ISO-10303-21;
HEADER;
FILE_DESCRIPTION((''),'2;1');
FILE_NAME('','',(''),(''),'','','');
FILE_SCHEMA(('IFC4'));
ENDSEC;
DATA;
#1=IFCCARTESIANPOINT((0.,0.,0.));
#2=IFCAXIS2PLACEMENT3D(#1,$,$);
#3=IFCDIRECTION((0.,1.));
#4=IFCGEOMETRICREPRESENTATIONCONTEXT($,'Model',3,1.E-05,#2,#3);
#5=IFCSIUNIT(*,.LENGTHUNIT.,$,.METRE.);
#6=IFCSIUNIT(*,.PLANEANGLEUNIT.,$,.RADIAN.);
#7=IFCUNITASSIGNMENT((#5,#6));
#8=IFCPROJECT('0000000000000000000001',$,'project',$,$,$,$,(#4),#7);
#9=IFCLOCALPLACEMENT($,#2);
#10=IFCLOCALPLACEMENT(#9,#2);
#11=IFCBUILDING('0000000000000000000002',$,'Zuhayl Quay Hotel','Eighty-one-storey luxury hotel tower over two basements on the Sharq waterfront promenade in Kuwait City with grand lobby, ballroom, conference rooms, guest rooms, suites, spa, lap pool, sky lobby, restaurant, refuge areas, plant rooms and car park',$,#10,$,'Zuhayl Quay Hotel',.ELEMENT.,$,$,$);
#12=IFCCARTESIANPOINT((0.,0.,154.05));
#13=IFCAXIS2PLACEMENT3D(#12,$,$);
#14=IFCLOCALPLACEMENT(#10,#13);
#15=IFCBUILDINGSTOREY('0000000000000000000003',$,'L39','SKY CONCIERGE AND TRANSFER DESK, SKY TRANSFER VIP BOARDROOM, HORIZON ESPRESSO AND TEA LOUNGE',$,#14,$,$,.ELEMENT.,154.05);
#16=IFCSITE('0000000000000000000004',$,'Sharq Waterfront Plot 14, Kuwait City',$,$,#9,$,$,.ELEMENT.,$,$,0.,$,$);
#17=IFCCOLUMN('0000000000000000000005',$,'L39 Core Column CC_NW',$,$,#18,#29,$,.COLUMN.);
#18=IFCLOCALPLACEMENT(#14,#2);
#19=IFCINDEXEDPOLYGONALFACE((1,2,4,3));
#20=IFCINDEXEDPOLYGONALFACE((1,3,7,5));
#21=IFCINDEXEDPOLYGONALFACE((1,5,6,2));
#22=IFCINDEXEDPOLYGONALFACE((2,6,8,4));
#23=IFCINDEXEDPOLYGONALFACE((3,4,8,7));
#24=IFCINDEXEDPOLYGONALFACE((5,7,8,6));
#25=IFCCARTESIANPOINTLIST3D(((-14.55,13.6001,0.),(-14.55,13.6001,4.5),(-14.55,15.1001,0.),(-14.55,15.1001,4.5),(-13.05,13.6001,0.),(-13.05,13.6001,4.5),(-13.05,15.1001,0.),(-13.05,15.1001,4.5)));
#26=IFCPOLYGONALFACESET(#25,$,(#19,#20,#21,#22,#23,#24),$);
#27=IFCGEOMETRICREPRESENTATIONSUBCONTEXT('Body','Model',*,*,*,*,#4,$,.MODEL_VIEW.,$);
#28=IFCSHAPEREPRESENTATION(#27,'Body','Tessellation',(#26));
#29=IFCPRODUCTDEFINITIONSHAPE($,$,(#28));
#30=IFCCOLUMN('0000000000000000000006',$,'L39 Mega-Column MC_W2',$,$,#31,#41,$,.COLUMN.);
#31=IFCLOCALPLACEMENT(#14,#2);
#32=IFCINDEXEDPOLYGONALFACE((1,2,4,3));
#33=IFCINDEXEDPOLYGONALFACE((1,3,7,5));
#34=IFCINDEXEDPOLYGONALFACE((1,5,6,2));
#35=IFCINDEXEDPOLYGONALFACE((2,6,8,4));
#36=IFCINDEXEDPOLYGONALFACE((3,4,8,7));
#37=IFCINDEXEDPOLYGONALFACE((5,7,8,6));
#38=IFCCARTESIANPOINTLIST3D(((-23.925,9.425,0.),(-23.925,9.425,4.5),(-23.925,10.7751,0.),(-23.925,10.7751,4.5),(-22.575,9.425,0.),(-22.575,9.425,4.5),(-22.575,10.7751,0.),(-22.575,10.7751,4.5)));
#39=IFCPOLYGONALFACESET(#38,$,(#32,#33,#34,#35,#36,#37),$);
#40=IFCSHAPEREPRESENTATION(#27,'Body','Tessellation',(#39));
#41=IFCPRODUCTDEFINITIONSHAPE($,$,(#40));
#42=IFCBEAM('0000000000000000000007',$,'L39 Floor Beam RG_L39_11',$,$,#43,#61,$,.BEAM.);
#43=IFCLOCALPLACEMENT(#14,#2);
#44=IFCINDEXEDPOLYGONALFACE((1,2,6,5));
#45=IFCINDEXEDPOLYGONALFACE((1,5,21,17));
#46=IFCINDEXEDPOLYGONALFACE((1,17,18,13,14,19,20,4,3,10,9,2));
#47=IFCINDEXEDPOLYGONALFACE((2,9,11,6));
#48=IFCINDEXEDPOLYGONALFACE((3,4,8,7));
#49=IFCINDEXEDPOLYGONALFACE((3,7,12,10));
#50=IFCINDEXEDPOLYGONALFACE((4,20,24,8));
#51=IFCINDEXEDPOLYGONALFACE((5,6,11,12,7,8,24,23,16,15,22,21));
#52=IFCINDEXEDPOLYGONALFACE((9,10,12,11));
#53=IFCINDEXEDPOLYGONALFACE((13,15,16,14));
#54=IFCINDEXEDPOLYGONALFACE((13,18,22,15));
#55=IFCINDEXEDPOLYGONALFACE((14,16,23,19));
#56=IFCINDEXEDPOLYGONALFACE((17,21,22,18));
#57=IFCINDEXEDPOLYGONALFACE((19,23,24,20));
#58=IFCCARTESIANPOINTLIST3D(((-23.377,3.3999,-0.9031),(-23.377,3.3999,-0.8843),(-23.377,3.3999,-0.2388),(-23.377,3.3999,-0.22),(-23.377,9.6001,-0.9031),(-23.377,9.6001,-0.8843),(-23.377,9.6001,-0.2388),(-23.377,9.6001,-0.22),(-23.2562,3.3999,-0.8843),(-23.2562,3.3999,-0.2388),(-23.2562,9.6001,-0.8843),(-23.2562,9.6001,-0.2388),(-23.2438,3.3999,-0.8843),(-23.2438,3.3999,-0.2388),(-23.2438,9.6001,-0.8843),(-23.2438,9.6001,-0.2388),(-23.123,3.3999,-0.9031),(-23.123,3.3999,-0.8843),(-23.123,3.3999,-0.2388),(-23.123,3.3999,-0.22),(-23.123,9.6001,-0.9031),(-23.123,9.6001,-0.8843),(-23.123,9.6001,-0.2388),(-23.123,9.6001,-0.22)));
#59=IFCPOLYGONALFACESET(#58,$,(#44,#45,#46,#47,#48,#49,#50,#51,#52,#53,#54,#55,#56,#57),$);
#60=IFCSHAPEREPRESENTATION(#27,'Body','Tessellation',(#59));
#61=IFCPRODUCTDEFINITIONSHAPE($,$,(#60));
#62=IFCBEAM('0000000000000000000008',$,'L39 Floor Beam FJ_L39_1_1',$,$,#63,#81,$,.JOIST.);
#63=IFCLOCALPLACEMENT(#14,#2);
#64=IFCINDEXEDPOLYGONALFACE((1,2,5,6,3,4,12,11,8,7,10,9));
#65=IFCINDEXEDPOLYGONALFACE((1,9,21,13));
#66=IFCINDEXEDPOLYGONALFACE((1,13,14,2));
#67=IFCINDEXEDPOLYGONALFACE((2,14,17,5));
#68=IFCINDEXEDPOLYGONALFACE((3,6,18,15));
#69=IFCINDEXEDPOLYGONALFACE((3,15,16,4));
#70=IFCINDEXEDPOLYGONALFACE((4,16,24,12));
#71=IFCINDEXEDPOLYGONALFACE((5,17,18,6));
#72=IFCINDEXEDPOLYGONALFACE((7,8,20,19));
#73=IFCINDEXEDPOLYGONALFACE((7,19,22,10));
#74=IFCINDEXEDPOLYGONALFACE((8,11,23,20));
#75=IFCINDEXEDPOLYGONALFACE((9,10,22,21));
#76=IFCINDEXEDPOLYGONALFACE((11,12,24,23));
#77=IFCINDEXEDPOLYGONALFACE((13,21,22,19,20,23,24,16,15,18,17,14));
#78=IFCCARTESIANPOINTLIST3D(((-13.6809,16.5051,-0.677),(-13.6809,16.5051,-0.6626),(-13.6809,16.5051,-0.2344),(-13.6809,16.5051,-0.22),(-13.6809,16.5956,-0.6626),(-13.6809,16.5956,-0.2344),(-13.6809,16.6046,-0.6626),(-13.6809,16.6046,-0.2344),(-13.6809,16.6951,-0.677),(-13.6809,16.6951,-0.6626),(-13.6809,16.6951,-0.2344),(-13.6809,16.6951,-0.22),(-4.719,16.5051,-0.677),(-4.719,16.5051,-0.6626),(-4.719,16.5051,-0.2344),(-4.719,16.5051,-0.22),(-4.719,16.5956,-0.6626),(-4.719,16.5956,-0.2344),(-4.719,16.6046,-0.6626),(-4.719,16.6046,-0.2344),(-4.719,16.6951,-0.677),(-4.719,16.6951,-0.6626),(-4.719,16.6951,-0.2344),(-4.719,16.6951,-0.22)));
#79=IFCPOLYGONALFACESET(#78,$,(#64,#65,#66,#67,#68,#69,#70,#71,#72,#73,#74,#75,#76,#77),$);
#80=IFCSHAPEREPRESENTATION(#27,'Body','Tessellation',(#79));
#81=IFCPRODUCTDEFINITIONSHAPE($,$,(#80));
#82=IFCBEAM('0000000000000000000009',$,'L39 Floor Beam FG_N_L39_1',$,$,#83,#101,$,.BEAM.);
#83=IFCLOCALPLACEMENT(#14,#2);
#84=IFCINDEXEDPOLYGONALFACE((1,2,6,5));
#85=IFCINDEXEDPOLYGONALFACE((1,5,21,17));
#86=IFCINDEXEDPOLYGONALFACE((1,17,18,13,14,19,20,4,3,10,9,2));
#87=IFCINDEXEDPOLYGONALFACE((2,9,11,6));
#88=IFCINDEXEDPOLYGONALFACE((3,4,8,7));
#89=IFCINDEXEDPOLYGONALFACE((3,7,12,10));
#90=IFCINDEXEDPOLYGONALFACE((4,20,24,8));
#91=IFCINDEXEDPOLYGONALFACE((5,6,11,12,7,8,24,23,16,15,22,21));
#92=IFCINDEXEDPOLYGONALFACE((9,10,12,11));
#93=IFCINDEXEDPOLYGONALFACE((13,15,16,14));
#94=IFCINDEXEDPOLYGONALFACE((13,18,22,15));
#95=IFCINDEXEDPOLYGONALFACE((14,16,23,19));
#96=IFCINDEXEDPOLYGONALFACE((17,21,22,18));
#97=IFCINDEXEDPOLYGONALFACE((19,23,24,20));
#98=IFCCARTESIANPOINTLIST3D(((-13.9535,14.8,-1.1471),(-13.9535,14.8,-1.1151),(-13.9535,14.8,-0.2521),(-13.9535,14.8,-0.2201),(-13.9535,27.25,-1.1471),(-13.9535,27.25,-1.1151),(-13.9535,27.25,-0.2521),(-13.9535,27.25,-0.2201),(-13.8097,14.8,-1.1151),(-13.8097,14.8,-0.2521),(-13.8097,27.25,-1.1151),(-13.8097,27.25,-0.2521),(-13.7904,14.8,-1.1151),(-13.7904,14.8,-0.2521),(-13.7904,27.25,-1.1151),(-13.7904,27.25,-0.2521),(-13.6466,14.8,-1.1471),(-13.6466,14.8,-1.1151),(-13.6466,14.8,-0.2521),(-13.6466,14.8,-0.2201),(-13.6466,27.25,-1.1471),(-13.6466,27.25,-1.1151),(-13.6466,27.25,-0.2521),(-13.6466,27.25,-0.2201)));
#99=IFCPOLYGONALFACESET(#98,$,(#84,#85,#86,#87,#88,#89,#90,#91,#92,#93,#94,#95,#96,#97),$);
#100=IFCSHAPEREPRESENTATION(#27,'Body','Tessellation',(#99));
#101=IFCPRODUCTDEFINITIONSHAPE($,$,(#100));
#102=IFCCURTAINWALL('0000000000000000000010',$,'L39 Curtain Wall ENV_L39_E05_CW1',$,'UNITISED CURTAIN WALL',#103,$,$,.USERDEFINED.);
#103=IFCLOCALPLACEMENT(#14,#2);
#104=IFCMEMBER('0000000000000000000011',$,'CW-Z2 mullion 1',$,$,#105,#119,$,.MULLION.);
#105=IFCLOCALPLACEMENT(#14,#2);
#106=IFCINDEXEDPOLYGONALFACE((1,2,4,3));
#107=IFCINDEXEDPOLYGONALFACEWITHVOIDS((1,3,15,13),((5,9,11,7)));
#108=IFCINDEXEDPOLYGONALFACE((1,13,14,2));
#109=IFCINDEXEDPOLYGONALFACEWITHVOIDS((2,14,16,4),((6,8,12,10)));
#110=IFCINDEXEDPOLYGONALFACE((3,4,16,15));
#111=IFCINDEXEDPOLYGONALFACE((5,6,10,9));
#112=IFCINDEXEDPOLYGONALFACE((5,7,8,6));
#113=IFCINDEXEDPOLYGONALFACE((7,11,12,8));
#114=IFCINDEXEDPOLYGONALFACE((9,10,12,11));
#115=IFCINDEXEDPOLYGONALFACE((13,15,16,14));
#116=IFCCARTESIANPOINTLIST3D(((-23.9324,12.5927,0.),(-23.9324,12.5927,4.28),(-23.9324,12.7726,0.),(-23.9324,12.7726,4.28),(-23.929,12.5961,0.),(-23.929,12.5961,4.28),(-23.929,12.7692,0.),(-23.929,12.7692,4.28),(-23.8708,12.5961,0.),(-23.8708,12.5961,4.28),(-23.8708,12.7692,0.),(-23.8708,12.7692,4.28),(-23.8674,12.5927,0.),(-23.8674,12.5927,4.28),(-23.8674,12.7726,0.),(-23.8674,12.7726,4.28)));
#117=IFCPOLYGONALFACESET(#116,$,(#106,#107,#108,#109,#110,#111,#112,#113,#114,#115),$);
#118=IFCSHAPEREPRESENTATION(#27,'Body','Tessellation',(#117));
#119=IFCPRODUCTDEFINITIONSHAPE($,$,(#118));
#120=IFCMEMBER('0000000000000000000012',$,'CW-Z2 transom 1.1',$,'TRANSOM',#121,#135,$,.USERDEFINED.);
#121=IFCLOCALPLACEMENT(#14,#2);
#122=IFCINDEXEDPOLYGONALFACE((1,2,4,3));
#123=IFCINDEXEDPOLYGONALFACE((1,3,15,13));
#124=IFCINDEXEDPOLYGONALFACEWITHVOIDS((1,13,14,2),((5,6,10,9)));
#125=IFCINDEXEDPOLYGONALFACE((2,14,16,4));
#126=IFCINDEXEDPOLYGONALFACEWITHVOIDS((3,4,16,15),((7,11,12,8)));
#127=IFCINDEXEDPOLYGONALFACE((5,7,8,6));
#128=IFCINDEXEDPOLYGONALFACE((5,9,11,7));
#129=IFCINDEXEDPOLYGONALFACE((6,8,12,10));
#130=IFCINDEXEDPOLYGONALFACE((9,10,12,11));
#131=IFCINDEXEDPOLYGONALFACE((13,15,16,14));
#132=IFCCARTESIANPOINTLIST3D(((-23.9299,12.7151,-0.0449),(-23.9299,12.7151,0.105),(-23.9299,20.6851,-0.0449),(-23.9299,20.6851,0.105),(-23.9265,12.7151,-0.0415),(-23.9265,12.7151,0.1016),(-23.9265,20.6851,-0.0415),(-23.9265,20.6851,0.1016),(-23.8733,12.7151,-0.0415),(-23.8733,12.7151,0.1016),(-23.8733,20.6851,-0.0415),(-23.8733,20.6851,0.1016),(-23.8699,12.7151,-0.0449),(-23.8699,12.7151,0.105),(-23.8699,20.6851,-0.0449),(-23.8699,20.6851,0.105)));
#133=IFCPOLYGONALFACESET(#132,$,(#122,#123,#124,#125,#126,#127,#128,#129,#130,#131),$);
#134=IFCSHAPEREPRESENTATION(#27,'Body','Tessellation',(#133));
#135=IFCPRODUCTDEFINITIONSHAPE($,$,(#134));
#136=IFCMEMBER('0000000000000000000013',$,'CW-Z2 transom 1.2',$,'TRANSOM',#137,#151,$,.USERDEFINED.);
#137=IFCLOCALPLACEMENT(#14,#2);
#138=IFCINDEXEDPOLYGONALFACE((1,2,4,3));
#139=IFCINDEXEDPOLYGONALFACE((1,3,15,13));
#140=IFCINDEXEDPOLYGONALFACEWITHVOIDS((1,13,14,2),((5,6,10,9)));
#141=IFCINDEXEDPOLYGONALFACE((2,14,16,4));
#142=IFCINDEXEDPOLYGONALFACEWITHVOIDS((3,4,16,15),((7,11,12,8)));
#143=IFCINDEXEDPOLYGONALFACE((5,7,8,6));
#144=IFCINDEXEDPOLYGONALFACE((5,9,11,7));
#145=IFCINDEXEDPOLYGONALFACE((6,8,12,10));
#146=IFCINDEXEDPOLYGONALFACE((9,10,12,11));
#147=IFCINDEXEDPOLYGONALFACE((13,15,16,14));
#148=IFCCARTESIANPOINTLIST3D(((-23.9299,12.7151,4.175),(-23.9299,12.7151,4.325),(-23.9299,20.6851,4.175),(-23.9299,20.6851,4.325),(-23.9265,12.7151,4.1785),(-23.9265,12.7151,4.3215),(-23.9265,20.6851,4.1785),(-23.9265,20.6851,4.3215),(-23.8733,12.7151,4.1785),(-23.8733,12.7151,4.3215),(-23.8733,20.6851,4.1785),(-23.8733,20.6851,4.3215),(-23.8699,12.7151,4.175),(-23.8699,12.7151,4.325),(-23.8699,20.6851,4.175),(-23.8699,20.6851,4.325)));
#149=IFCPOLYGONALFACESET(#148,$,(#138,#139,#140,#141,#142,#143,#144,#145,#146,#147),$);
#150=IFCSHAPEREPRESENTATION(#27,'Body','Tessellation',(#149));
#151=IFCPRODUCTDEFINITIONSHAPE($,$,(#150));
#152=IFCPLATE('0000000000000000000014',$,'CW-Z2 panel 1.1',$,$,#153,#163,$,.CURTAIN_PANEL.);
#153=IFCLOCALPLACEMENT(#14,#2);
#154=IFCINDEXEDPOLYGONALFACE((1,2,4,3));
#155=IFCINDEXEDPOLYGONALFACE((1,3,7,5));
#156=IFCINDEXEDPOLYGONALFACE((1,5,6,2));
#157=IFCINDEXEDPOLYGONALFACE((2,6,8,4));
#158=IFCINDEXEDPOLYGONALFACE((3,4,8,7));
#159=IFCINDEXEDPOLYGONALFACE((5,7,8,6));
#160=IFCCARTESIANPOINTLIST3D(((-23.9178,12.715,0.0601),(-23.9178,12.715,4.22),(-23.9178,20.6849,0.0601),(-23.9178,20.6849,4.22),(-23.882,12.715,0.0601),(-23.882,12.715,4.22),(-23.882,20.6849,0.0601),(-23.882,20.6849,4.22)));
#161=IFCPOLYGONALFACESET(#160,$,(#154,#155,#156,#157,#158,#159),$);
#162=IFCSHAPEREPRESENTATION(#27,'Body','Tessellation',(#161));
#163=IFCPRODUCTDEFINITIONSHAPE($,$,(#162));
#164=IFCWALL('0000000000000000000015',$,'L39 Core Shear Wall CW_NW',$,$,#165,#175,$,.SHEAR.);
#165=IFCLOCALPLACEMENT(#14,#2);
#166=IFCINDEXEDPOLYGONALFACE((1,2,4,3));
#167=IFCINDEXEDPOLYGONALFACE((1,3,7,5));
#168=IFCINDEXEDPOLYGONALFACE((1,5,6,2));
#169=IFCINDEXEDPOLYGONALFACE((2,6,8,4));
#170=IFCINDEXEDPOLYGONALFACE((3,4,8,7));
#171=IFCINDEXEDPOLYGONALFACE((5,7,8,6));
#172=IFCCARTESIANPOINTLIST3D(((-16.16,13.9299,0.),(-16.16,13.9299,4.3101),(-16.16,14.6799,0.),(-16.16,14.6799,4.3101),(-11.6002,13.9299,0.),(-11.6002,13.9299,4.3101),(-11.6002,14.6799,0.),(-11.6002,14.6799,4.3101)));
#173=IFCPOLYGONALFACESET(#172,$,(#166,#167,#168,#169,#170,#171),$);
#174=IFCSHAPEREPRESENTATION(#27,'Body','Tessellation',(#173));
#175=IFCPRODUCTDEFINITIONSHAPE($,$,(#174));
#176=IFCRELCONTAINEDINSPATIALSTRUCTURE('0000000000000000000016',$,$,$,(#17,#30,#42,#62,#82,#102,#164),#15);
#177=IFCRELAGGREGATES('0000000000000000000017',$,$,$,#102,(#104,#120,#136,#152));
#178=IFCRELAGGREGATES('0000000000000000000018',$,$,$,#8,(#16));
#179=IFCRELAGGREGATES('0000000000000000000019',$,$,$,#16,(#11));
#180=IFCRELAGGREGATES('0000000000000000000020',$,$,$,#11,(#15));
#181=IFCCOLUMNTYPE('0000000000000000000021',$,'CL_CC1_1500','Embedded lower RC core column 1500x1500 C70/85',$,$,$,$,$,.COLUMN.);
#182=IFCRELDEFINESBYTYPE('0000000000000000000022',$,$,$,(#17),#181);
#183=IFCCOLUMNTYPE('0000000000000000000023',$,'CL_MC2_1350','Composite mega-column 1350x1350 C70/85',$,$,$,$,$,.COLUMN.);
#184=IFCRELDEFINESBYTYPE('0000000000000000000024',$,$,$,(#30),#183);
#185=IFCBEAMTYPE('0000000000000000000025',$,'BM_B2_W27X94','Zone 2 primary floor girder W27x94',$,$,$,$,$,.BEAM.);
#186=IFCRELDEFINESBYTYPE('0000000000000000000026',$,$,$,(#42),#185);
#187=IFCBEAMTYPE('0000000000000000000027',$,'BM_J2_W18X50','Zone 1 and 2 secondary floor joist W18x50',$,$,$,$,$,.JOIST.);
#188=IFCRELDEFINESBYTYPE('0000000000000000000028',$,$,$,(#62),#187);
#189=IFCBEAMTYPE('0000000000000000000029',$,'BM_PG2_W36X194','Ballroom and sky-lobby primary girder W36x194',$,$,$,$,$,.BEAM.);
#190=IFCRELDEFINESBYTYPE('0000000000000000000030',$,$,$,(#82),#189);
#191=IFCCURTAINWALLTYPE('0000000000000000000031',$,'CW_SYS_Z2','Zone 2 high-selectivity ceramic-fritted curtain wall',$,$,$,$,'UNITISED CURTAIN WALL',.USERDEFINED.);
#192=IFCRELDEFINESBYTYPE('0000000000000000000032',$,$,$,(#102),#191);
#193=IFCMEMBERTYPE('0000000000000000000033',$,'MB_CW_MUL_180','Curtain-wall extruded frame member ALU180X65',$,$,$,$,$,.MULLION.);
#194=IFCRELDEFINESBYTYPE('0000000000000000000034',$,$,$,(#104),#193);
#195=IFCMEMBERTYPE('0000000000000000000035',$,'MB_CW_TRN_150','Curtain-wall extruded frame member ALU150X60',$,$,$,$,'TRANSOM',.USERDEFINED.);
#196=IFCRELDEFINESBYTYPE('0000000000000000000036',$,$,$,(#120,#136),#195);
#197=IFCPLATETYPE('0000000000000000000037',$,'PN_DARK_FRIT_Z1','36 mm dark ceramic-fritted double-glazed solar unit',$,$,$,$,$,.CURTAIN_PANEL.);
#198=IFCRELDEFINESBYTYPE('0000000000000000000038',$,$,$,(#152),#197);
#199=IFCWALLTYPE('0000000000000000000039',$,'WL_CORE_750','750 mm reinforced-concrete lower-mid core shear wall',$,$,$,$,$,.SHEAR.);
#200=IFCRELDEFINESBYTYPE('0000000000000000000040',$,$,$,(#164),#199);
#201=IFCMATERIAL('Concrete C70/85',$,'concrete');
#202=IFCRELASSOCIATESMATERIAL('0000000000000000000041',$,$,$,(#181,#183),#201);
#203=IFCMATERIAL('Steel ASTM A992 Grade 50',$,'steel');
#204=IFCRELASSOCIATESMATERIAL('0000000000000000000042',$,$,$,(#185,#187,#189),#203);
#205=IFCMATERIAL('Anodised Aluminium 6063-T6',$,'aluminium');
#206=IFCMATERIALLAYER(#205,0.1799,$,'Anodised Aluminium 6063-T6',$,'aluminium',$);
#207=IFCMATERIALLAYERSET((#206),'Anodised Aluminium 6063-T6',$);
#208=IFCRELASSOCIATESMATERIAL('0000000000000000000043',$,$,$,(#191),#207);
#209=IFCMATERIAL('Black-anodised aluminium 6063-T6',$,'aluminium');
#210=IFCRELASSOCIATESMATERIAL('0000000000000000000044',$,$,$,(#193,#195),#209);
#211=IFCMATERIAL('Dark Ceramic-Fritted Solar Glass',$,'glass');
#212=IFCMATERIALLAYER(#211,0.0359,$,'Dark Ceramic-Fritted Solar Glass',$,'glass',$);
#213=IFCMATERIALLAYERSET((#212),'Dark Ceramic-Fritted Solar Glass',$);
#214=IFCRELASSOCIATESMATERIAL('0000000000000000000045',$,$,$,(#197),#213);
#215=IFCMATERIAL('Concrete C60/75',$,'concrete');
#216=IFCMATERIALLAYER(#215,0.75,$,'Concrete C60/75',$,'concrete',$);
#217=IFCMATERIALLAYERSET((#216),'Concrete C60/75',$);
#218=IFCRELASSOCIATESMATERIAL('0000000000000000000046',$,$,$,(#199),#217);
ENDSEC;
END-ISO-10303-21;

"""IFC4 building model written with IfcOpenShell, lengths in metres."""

from ifc_helpers import new_model, si_unit, direction, frame, frame_2d, origin, origin_2d, place, context, subcontext, project, spatial, rectangle, hollow_rectangle, i_section, extrude, material, layer, layer_set, material_profile, profile_set, type_object, element, aggregate, save


model = new_model("IFC4")

# Units and contexts
model_context = context("Model", 3, precision=1e-05, world=origin(), true_north=direction((0.0, 1.0)))
body_context = subcontext(model_context, "Body", "Model", "MODEL_VIEW")
ifc_project = project(units=[si_unit("LENGTHUNIT", "METRE"), si_unit("PLANEANGLEUNIT", "RADIAN")], contexts=[model_context])

# Site, building, storey
site_placement = place(None, origin())
site = spatial("IfcSite", under=ifc_project, at=site_placement, Name="Sharq Waterfront Plot 14, Kuwait City", CompositionType="ELEMENT", RefElevation=0.0)
building_placement = place(site_placement, origin())
building = spatial("IfcBuilding", under=site, at=building_placement, Name="Zuhayl Quay Hotel", Description="Eighty-one-storey luxury hotel tower over two basements on the Sharq waterfront promenade in Kuwait City with grand lobby, ballroom, conference rooms, guest rooms, suites, spa, lap pool, sky lobby, restaurant, refuge areas, plant rooms and car park", LongName="Zuhayl Quay Hotel", CompositionType="ELEMENT")
storey_placement = place(building_placement, frame((0.0, 0.0, 154.05)))
storey = spatial("IfcBuildingStorey", under=building, at=storey_placement, Name="L39", Description="SKY CONCIERGE AND TRANSFER DESK, SKY TRANSFER VIP BOARDROOM, HORIZON ESPRESSO AND TEA LOUNGE", CompositionType="ELEMENT", Elevation=154.05)

# Columns
ifc_material_1 = material(Name="Concrete C70/85", Category="concrete")
ifc_material_profile_1 = material_profile(ifc_material_1, rectangle(XDim=1.5, YDim=1.5, at=origin_2d()), Name="RC1500X1500")
ifc_profile_set_1 = profile_set([ifc_material_profile_1], Name="Concrete C70/85")
column_type_1 = type_object("IfcColumnType", Name="CL_CC1_1500", Description="Embedded lower RC core column 1500x1500 C70/85", PredefinedType="COLUMN", material=ifc_profile_set_1)
column_1_placement = place(storey_placement, frame((-13.8, 14.3501, 0.0), z_axis=(0.0, 0.0, 1.0), x_axis=(1.0, 0.0, 0.0)))
element("IfcColumn", 1, at=column_1_placement, inside=storey, type_object=column_type_1, Name="L39 Core Column CC_NW", PredefinedType="COLUMN", context=body_context, shape_type="SweptSolid", body=[
    extrude(rectangle(XDim=1.5, YDim=1.5, at=origin_2d()), origin(), (0.0, 0.0, 1.0), 4.5),
])
ifc_material_profile_2 = material_profile(ifc_material_1, rectangle(XDim=1.3501, YDim=1.3501, at=origin_2d()), Name="RC1350X1350")
ifc_profile_set_2 = profile_set([ifc_material_profile_2], Name="Concrete C70/85")
column_type_2 = type_object("IfcColumnType", Name="CL_MC2_1350", Description="Composite mega-column 1350x1350 C70/85", PredefinedType="COLUMN", material=ifc_profile_set_2)
column_2_placement = place(storey_placement, frame((-23.25, 10.1001, 0.0), z_axis=(0.0, 0.0, 1.0), x_axis=(1.0, 0.0, 0.0)))
element("IfcColumn", 2, at=column_2_placement, inside=storey, type_object=column_type_2, Name="L39 Mega-Column MC_W2", PredefinedType="COLUMN", context=body_context, shape_type="SweptSolid", body=[
    extrude(rectangle(XDim=1.3501, YDim=1.3501, at=origin_2d()), origin(), (0.0, 0.0, 1.0), 4.5),
])

# Beams
ifc_material_2 = material(Name="Steel ASTM A992 Grade 50", Category="steel")
ifc_material_profile_3 = material_profile(ifc_material_2, i_section(OverallWidth=0.2539, OverallDepth=0.6831, WebThickness=0.0125, FlangeThickness=0.0188, at=origin_2d()), Name="W27X94")
ifc_profile_set_3 = profile_set([ifc_material_profile_3], Name="Steel ASTM A992 Grade 50")
beam_type_1 = type_object("IfcBeamType", Name="BM_B2_W27X94", Description="Zone 2 primary floor girder W27x94", PredefinedType="BEAM", material=ifc_profile_set_3)
beam_1_placement = place(storey_placement, frame((-23.25, 9.6001, -0.5615), z_axis=(0.0, -1.0, 0.0), x_axis=(1.0, 0.0, 0.0)))
element("IfcBeam", 3, at=beam_1_placement, inside=storey, type_object=beam_type_1, Name="L39 Floor Beam RG_L39_11", PredefinedType="BEAM", context=body_context, shape_type="SweptSolid", body=[
    extrude(i_section(OverallWidth=0.2539, OverallDepth=0.6831, WebThickness=0.0125, FlangeThickness=0.0188, at=origin_2d()), origin(), (0.0, 0.0, 1.0), 6.2002),
])
ifc_material_profile_4 = material_profile(ifc_material_2, i_section(OverallWidth=0.1899, OverallDepth=0.457, WebThickness=0.009, FlangeThickness=0.0144, at=origin_2d()), Name="W18X50")
ifc_profile_set_4 = profile_set([ifc_material_profile_4], Name="Steel ASTM A992 Grade 50")
beam_type_2 = type_object("IfcBeamType", Name="BM_J2_W18X50", Description="Zone 1 and 2 secondary floor joist W18x50", PredefinedType="JOIST", material=ifc_profile_set_4)
beam_2_placement = place(storey_placement, frame((-13.6809, 16.6001, -0.4485), z_axis=(1.0, 0.0, 0.0), x_axis=(0.0, 1.0, 0.0)))
element("IfcBeam", 4, at=beam_2_placement, inside=storey, type_object=beam_type_2, Name="L39 Floor Beam FJ_L39_1_1", PredefinedType="JOIST", context=body_context, shape_type="SweptSolid", body=[
    extrude(i_section(OverallWidth=0.1899, OverallDepth=0.457, WebThickness=0.009, FlangeThickness=0.0144, at=origin_2d()), origin(), (0.0, 0.0, 1.0), 8.9619),
])
ifc_material_profile_5 = material_profile(ifc_material_2, i_section(OverallWidth=0.3069, OverallDepth=0.927, WebThickness=0.0193, FlangeThickness=0.032, at=origin_2d()), Name="W36X194")
ifc_profile_set_5 = profile_set([ifc_material_profile_5], Name="Steel ASTM A992 Grade 50")
beam_type_3 = type_object("IfcBeamType", Name="BM_PG2_W36X194", Description="Ballroom and sky-lobby primary girder W36x194", PredefinedType="BEAM", material=ifc_profile_set_5)
beam_3_placement = place(storey_placement, frame((-13.8, 14.8, -0.6836), z_axis=(0.0, 1.0, 0.0), x_axis=(-1.0, 0.0, 0.0)))
element("IfcBeam", 5, at=beam_3_placement, inside=storey, type_object=beam_type_3, Name="L39 Floor Beam FG_N_L39_1", PredefinedType="BEAM", context=body_context, shape_type="SweptSolid", body=[
    extrude(i_section(OverallWidth=0.3069, OverallDepth=0.927, WebThickness=0.0193, FlangeThickness=0.032, at=origin_2d()), origin(), (0.0, 0.0, 1.0), 12.45),
])

# Curtain wall, members, plate
ifc_material_3 = material(Name="Anodised Aluminium 6063-T6", Category="aluminium")
ifc_layer_1 = layer(ifc_material_3, 0.1799, Name="Anodised Aluminium 6063-T6", Category="aluminium")
ifc_layer_set_1 = layer_set([ifc_layer_1], Name="Anodised Aluminium 6063-T6")
curtain_wall_type = type_object("IfcCurtainWallType", Name="CW_SYS_Z2", Description="Zone 2 high-selectivity ceramic-fritted curtain wall", ElementType="UNITISED CURTAIN WALL", PredefinedType="USERDEFINED", material=ifc_layer_set_1)
curtain_wall_placement = place(storey_placement, origin())
curtain_wall = element("IfcCurtainWall", 6, at=curtain_wall_placement, inside=storey, type_object=curtain_wall_type, Name="L39 Curtain Wall ENV_L39_E05_CW1", ObjectType="UNITISED CURTAIN WALL", PredefinedType="USERDEFINED")
ifc_material_4 = material(Name="Black-anodised aluminium 6063-T6", Category="aluminium")
ifc_material_profile_6 = material_profile(ifc_material_4, hollow_rectangle(XDim=0.0649, YDim=0.1799, WallThickness=0.0034, at=origin_2d()), Name="ALU180X65")
ifc_profile_set_6 = profile_set([ifc_material_profile_6], Name="Black-anodised aluminium 6063-T6")
member_type_1 = type_object("IfcMemberType", Name="MB_CW_MUL_180", Description="Curtain-wall extruded frame member ALU180X65", PredefinedType="MULLION", material=ifc_profile_set_6)
member_1_placement = place(storey_placement, frame((-23.8999, 12.6826, 0.0), z_axis=(0.0, 0.0, 1.0), x_axis=(-1.0, 0.0, 0.0)))
member_1 = element("IfcMember", 7, at=member_1_placement, type_object=member_type_1, Name="CW-Z2 mullion 1", PredefinedType="MULLION", context=body_context, shape_type="SweptSolid", body=[
    extrude(hollow_rectangle(XDim=0.0649, YDim=0.1799, WallThickness=0.0034, at=origin_2d()), origin(), (0.0, 0.0, 1.0), 4.28),
])
ifc_material_profile_7 = material_profile(ifc_material_4, hollow_rectangle(XDim=0.0601, YDim=0.1499, WallThickness=0.0034, at=origin_2d()), Name="ALU150X60")
ifc_profile_set_7 = profile_set([ifc_material_profile_7], Name="Black-anodised aluminium 6063-T6")
member_type_2 = type_object("IfcMemberType", Name="MB_CW_TRN_150", Description="Curtain-wall extruded frame member ALU150X60", ElementType="TRANSOM", PredefinedType="USERDEFINED", material=ifc_profile_set_7)
member_2_placement = place(storey_placement, frame((-23.8999, 12.7151, 0.03), z_axis=(0.0, 1.0, 0.0), x_axis=(-1.0, 0.0, 0.0)))
member_2 = element("IfcMember", 8, at=member_2_placement, type_object=member_type_2, Name="CW-Z2 transom 1.1", ObjectType="TRANSOM", PredefinedType="USERDEFINED", context=body_context, shape_type="SweptSolid", body=[
    extrude(hollow_rectangle(XDim=0.0601, YDim=0.1499, WallThickness=0.0034, at=origin_2d()), origin(), (0.0, 0.0, 1.0), 7.97),
])
member_3_placement = place(storey_placement, frame((-23.8999, 12.7151, 4.25), z_axis=(0.0, 1.0, 0.0), x_axis=(-1.0, 0.0, 0.0)))
member_3 = element("IfcMember", 9, at=member_3_placement, type_object=member_type_2, Name="CW-Z2 transom 1.2", ObjectType="TRANSOM", PredefinedType="USERDEFINED", context=body_context, shape_type="SweptSolid", body=[
    extrude(hollow_rectangle(XDim=0.0601, YDim=0.1499, WallThickness=0.0034, at=origin_2d()), origin(), (0.0, 0.0, 1.0), 7.97),
])
ifc_material_5 = material(Name="Dark Ceramic-Fritted Solar Glass", Category="glass")
ifc_layer_2 = layer(ifc_material_5, 0.0359, Name="Dark Ceramic-Fritted Solar Glass", Category="glass")
ifc_layer_set_2 = layer_set([ifc_layer_2], Name="Dark Ceramic-Fritted Solar Glass")
plate_type = type_object("IfcPlateType", Name="PN_DARK_FRIT_Z1", Description="36 mm dark ceramic-fritted double-glazed solar unit", PredefinedType="CURTAIN_PANEL", material=ifc_layer_set_2)
plate_placement = place(storey_placement, frame((-23.8999, 16.7, 0.0601), z_axis=(0.0, 0.0, 1.0), x_axis=(0.0, 1.0, 0.0)))
plate = element("IfcPlate", 10, at=plate_placement, type_object=plate_type, Name="CW-Z2 panel 1.1", PredefinedType="CURTAIN_PANEL", context=body_context, shape_type="SweptSolid", body=[
    extrude(rectangle(XDim=7.97, YDim=0.0359, at=origin_2d()), origin(), (0.0, 0.0, 1.0), 4.1599),
])
aggregate(curtain_wall, [member_1, member_2, member_3, plate])

# Wall
ifc_material_6 = material(Name="Concrete C60/75", Category="concrete")
ifc_layer_3 = layer(ifc_material_6, 0.75, Name="Concrete C60/75", Category="concrete")
ifc_layer_set_3 = layer_set([ifc_layer_3], Name="Concrete C60/75")
wall_type_1 = type_object("IfcWallType", Name="WL_CORE_750", Description="750 mm reinforced-concrete lower-mid core shear wall", PredefinedType="SHEAR", material=ifc_layer_set_3)
wall_1_placement = place(storey_placement, frame((-16.1599, 14.3049, 0.0), z_axis=(0.0, 0.0, 1.0), x_axis=(1.0, 0.0, 0.0)))
element("IfcWall", 11, at=wall_1_placement, inside=storey, type_object=wall_type_1, Name="L39 Core Shear Wall CW_NW", PredefinedType="SHEAR", context=body_context, shape_type="SweptSolid", body=[
    extrude(rectangle(XDim=4.5598, YDim=0.75, at=frame_2d((2.2798, 0.0))), origin(), (0.0, 0.0, 1.0), 4.3101),
])

save(model, "model.ifc")
